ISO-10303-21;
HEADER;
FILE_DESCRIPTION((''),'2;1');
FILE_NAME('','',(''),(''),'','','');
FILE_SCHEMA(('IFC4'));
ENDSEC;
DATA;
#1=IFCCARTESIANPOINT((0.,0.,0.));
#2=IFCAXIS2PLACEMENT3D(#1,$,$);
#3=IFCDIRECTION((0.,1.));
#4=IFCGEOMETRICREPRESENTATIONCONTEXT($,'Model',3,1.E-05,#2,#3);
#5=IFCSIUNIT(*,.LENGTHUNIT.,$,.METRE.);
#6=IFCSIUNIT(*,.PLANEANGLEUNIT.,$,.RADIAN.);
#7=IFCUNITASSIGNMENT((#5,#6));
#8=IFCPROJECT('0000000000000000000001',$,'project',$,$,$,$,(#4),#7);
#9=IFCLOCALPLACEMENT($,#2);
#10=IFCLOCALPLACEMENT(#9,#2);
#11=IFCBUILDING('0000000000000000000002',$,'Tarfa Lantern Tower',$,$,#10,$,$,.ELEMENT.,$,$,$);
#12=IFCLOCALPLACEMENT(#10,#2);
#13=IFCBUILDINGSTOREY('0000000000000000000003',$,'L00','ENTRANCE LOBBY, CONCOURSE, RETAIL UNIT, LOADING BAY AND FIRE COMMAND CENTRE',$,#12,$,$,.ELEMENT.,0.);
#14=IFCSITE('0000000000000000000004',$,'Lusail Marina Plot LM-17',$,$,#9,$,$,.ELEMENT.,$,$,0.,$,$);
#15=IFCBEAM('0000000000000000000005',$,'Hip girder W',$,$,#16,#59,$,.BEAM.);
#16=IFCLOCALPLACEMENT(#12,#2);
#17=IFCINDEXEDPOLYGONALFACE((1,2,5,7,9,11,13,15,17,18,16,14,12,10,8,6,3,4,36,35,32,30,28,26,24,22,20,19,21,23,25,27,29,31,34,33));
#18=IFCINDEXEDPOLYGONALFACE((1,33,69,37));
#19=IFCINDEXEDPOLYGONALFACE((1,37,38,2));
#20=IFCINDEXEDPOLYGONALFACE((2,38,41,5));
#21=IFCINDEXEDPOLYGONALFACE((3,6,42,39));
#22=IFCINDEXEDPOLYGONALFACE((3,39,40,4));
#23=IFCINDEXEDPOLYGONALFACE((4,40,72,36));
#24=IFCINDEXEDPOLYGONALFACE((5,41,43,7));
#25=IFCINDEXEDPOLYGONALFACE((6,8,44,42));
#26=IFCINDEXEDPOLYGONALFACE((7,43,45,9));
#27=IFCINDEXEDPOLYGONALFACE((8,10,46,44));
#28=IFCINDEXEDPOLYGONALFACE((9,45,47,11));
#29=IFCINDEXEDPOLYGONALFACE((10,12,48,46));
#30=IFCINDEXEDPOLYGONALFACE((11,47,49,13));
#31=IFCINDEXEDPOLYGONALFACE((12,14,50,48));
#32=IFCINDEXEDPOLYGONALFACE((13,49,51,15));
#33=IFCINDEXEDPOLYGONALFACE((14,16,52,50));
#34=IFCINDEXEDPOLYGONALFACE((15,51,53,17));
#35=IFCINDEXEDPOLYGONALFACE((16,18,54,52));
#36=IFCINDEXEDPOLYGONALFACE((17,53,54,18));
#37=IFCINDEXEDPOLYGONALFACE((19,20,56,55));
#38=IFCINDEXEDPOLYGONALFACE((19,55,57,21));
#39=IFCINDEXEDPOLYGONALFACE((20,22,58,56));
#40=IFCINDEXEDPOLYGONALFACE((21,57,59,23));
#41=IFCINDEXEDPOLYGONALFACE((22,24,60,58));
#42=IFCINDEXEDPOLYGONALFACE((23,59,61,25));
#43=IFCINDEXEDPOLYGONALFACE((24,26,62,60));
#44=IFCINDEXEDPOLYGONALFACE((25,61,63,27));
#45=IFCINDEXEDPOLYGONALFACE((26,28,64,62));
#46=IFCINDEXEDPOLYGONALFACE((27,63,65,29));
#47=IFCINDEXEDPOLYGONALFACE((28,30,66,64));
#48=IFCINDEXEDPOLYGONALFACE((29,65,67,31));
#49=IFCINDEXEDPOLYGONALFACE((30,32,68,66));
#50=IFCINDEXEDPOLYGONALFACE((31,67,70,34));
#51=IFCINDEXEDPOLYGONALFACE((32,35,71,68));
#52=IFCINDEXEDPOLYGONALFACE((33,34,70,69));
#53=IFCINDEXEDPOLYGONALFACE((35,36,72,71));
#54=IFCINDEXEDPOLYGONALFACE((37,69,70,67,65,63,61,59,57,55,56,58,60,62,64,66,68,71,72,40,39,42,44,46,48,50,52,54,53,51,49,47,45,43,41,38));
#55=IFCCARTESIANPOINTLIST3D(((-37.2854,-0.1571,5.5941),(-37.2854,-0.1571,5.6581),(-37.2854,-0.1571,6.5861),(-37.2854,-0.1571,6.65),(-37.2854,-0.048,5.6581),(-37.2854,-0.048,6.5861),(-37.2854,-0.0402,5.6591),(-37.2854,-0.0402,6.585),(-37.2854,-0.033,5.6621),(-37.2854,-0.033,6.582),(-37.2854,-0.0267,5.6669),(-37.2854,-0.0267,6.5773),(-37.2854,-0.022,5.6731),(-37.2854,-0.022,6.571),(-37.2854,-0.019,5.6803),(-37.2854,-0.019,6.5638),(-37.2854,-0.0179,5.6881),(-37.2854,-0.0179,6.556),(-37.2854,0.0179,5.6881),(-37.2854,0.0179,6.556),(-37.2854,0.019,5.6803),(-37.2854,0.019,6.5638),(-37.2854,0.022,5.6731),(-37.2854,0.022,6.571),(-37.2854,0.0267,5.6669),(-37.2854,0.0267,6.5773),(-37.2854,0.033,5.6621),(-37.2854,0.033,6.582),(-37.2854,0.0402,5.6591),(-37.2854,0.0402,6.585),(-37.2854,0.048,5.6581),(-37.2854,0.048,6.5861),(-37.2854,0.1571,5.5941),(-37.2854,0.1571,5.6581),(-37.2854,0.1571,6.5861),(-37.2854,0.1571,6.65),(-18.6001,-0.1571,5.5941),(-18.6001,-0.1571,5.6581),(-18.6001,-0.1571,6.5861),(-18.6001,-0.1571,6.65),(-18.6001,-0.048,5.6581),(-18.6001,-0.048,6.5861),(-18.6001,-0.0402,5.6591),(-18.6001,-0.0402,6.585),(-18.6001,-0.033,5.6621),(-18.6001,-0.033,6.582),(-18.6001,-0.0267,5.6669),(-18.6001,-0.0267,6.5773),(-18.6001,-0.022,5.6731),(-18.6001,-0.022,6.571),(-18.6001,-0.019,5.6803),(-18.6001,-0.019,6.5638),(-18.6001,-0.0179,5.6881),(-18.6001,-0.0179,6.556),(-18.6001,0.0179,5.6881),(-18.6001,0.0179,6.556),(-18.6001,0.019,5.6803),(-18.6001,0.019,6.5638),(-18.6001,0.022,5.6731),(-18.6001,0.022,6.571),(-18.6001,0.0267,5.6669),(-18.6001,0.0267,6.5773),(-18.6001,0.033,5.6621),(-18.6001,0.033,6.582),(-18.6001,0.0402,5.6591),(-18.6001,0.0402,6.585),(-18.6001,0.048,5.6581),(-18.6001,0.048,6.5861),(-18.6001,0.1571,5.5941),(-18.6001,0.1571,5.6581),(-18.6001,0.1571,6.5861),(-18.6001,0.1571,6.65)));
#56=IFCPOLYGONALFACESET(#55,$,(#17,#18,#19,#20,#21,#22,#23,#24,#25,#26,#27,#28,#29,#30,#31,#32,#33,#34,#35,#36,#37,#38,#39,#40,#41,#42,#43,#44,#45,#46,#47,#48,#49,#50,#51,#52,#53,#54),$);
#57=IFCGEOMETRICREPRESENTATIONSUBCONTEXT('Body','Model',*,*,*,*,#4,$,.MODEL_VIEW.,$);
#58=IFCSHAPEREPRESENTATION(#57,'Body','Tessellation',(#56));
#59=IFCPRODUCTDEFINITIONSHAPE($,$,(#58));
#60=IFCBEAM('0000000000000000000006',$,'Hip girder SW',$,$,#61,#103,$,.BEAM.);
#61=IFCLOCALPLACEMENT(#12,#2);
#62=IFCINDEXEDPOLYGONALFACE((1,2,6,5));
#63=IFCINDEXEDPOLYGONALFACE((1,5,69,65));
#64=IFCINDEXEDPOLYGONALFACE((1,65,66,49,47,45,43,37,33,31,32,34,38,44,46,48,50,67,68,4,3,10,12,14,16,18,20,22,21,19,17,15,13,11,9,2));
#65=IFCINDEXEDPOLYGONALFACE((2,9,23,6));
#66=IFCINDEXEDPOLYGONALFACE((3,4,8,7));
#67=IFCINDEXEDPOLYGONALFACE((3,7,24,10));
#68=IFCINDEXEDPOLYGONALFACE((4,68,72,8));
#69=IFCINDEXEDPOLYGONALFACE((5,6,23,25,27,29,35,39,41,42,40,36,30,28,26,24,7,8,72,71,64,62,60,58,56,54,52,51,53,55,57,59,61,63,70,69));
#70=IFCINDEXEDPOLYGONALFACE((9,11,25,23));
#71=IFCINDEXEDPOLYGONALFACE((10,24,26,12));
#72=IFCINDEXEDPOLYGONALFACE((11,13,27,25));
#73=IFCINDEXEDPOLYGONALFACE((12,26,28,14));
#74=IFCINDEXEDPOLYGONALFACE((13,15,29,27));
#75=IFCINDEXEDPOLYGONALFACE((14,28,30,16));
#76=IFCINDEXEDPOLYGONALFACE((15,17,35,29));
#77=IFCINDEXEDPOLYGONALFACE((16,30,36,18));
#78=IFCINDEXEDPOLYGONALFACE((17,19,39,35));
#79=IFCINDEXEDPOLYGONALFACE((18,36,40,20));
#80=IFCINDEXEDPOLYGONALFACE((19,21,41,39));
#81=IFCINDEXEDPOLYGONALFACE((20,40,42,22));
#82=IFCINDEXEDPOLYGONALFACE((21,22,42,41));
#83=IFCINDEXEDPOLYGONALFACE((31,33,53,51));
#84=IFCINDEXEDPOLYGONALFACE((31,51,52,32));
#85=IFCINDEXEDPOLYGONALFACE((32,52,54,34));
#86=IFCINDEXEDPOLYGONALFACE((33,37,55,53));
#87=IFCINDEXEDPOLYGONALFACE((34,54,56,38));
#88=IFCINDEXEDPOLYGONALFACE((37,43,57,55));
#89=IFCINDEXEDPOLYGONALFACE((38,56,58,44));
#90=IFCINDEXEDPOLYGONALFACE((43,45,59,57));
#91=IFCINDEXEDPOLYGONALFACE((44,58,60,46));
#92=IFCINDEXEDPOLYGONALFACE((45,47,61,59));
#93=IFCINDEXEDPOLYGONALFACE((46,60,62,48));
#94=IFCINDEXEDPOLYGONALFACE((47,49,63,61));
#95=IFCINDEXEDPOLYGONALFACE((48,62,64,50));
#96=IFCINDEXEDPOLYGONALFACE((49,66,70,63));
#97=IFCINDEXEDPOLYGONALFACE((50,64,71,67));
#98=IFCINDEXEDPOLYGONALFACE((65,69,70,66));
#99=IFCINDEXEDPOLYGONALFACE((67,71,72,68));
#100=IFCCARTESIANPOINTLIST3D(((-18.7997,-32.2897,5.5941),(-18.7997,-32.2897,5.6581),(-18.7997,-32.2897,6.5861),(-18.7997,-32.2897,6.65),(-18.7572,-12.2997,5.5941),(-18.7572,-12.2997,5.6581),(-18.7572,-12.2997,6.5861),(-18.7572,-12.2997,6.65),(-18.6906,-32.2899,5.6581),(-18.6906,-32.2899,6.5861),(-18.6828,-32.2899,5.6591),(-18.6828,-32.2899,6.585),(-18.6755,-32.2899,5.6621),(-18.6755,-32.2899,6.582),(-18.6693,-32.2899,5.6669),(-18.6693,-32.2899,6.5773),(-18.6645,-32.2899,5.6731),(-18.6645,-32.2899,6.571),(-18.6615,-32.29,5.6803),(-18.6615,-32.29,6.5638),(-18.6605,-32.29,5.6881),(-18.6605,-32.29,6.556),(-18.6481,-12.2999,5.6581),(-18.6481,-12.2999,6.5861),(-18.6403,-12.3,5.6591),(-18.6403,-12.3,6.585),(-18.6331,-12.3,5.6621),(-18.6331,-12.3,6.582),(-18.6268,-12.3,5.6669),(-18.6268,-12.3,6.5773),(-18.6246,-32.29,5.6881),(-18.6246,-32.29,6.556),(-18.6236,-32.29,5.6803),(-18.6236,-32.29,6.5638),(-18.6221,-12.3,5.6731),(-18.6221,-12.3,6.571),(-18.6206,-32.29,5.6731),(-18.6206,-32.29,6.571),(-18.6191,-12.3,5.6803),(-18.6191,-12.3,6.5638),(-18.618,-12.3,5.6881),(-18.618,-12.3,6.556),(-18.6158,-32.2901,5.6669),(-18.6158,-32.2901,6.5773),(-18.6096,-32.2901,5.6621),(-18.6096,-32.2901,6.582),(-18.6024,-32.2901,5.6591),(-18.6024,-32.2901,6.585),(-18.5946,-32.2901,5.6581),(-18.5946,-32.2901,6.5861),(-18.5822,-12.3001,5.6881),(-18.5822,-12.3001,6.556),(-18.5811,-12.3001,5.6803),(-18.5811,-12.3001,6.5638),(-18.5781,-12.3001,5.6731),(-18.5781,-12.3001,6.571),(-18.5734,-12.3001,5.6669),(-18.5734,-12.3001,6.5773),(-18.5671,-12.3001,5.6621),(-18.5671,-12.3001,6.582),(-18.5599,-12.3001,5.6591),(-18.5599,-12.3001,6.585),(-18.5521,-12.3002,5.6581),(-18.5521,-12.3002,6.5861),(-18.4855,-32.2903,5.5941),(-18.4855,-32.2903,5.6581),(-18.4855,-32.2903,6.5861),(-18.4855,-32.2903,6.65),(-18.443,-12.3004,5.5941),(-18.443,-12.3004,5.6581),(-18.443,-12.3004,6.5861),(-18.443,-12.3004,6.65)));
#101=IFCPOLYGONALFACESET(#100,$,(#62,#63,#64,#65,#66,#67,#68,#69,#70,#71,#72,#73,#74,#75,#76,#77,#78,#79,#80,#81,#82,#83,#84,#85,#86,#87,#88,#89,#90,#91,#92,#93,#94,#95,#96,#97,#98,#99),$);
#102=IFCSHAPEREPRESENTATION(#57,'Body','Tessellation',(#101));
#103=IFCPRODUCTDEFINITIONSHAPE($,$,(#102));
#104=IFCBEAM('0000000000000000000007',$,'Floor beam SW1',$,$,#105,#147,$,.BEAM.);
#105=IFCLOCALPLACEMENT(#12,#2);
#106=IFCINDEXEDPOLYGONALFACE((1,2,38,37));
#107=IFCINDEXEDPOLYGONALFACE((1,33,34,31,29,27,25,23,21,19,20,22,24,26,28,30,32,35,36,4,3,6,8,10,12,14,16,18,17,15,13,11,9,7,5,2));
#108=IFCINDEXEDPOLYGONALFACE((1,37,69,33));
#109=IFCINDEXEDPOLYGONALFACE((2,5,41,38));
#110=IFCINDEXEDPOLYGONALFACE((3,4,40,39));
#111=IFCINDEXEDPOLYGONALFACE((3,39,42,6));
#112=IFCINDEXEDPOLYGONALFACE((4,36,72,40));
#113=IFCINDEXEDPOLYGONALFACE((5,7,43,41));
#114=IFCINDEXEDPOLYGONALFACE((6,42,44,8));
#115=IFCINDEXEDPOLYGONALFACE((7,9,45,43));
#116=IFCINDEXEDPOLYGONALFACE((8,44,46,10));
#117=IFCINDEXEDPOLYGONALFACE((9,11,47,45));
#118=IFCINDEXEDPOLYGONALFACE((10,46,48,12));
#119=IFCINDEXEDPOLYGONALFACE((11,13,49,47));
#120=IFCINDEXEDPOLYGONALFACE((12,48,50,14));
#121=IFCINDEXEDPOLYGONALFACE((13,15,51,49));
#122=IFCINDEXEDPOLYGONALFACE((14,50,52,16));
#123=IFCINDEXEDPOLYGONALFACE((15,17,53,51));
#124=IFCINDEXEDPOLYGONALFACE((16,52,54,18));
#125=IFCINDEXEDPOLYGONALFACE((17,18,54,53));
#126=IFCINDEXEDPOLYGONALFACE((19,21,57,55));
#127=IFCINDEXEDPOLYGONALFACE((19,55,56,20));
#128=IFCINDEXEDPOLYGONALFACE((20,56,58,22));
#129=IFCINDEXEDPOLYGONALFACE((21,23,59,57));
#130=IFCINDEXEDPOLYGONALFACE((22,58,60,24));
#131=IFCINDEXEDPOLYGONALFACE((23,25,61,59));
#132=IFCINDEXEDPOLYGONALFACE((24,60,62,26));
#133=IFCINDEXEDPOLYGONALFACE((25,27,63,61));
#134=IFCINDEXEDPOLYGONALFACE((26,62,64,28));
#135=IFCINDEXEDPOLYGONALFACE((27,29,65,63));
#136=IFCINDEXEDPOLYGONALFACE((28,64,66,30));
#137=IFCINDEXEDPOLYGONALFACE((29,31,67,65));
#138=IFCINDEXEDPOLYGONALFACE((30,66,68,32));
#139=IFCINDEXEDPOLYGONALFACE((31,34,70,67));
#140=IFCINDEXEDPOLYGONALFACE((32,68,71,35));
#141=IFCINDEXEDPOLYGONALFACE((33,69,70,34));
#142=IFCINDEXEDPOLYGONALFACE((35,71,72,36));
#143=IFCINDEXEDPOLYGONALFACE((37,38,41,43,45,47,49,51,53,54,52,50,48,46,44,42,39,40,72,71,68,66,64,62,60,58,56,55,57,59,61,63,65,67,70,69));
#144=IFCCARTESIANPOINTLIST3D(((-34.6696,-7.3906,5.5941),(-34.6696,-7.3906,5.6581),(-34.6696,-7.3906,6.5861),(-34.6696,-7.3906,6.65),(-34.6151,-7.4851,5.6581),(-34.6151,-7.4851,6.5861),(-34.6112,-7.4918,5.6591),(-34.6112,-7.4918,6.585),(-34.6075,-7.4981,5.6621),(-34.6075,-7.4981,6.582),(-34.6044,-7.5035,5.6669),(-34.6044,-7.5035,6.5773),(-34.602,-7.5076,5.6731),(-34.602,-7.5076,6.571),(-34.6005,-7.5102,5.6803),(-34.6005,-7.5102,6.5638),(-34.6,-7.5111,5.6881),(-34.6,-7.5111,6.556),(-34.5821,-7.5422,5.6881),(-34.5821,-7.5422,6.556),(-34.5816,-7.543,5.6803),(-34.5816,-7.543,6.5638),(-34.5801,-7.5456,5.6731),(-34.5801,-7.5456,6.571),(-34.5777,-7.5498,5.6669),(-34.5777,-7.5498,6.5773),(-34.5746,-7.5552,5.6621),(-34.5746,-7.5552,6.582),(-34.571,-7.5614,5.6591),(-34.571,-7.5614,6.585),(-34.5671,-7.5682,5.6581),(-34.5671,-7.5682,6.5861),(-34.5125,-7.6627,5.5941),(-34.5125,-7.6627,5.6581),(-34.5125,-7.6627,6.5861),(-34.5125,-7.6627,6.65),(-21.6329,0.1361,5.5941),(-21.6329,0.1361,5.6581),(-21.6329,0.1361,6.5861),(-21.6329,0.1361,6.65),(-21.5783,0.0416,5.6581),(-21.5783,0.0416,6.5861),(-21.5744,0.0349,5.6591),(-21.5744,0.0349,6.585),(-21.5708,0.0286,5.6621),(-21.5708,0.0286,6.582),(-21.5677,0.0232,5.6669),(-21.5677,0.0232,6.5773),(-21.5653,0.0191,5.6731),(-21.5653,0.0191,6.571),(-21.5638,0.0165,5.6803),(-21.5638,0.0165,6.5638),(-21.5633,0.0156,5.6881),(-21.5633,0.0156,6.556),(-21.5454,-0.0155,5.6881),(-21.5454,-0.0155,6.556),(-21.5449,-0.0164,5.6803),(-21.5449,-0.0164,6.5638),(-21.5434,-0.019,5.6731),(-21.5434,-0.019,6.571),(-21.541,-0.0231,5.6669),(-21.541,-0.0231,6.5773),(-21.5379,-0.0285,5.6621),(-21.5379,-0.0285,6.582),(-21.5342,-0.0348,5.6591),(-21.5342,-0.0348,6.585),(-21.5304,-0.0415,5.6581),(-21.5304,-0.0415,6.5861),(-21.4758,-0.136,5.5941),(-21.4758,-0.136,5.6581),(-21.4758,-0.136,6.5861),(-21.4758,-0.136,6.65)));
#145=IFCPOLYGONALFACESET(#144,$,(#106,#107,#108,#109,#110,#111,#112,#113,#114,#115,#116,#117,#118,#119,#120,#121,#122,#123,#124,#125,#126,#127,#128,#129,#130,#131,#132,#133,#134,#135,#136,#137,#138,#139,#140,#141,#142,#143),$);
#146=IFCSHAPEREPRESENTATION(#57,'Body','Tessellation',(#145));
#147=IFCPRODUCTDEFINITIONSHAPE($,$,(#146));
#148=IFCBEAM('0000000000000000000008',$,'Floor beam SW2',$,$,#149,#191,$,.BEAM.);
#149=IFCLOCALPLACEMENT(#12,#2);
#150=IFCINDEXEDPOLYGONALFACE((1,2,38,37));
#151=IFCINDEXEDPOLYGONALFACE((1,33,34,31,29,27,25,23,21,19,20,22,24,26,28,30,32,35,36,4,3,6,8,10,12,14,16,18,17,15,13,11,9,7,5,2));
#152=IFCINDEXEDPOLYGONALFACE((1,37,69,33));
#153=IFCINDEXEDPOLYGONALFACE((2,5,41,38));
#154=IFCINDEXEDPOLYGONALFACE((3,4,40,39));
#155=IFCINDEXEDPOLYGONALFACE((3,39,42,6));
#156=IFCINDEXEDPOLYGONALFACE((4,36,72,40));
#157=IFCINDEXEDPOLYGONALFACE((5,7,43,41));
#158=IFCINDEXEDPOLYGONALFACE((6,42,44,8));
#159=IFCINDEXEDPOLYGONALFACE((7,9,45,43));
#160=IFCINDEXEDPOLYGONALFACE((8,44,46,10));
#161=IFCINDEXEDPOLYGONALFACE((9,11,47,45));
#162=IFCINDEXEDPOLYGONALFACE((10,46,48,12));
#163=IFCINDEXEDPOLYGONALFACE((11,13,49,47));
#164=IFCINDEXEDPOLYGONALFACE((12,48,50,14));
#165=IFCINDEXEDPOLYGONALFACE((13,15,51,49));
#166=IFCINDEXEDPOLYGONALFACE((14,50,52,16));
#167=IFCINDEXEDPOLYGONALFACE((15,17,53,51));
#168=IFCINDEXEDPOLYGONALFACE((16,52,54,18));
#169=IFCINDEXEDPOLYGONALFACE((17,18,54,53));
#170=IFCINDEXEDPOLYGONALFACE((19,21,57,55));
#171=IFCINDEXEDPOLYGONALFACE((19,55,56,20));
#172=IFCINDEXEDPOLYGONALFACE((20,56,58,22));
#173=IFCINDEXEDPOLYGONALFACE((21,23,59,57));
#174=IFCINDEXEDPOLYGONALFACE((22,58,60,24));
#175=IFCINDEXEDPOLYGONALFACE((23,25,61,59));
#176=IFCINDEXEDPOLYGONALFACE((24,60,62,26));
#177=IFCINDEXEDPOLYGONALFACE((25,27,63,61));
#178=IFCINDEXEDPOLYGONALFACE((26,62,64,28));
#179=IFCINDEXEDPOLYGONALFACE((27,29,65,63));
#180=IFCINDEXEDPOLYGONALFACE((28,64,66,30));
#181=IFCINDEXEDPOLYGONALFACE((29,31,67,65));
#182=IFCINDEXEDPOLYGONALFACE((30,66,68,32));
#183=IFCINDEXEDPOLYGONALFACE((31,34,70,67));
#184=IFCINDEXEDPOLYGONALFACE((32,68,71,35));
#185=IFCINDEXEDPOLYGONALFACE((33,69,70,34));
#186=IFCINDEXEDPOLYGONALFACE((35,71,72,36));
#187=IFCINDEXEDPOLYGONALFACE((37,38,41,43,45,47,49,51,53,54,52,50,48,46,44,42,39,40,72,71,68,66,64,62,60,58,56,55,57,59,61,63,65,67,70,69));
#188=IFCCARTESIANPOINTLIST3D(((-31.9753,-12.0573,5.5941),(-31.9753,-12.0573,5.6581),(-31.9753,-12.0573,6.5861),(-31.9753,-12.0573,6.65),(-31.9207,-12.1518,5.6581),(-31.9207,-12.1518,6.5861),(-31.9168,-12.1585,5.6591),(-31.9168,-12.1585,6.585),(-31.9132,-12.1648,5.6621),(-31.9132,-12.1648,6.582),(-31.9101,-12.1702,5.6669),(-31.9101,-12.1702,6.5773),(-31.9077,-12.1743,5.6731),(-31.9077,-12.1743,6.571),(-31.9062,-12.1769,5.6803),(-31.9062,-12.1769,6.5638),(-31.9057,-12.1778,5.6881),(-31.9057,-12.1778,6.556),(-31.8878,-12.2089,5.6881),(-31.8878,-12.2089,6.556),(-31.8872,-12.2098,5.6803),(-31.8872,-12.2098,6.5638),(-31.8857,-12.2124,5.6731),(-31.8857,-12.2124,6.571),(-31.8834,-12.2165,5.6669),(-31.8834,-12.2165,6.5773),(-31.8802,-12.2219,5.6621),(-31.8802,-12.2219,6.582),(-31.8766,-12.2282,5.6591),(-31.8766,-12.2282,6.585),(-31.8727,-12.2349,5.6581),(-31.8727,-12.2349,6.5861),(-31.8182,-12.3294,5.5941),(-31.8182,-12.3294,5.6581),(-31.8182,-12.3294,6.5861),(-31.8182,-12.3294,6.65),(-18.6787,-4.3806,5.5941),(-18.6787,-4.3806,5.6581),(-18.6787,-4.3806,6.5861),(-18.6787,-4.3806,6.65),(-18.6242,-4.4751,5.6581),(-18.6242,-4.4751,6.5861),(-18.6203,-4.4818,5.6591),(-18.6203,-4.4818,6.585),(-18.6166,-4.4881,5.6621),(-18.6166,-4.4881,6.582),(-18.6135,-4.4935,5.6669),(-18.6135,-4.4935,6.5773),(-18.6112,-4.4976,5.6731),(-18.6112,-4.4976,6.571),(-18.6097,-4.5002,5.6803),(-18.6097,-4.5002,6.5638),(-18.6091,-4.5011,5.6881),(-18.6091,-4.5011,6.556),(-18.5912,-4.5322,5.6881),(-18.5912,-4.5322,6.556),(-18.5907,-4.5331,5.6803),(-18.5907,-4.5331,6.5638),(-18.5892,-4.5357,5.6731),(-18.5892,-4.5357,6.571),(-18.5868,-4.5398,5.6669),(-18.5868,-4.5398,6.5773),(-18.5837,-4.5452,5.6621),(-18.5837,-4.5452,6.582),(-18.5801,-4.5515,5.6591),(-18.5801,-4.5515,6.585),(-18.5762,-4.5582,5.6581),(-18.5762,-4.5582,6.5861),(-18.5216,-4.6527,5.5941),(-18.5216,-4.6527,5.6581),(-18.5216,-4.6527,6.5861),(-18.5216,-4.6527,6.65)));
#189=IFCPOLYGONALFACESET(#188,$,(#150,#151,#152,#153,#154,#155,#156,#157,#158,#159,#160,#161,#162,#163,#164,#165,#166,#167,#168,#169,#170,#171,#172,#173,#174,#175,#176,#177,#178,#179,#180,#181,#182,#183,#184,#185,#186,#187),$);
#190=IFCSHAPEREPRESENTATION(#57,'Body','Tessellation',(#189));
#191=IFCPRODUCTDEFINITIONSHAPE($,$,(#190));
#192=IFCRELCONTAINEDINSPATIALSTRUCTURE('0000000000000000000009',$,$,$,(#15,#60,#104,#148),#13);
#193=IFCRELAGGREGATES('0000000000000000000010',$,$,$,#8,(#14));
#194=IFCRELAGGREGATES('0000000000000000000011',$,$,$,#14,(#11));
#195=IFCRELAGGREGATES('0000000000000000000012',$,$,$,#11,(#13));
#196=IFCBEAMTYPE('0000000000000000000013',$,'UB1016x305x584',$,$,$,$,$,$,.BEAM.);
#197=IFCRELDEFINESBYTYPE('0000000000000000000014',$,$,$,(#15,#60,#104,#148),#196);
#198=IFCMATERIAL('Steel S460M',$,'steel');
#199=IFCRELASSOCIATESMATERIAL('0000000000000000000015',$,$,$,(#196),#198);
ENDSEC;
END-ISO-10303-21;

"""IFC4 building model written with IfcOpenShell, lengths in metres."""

from ifc_helpers import new_model, si_unit, direction, frame, origin, origin_2d, place, context, subcontext, project, spatial, i_section, extrude, material, material_profile, profile_set, type_object, element, save


model = new_model("IFC4")

# Units and contexts
model_context = context("Model", 3, precision=1e-05, world=origin(), true_north=direction((0.0, 1.0)))
body_context = subcontext(model_context, "Body", "Model", "MODEL_VIEW")
ifc_project = project(units=[si_unit("LENGTHUNIT", "METRE"), si_unit("PLANEANGLEUNIT", "RADIAN")], contexts=[model_context])

# Site, building, storey
site_placement = place(None, origin())
site = spatial("IfcSite", under=ifc_project, at=site_placement, Name="Lusail Marina Plot LM-17", CompositionType="ELEMENT", RefElevation=0.0)
building_placement = place(site_placement, origin())
building = spatial("IfcBuilding", under=site, at=building_placement, Name="Tarfa Lantern Tower", CompositionType="ELEMENT")
storey_placement = place(building_placement, origin())
storey = spatial("IfcBuildingStorey", under=building, at=storey_placement, Name="L00", Description="ENTRANCE LOBBY, CONCOURSE, RETAIL UNIT, LOADING BAY AND FIRE COMMAND CENTRE", CompositionType="ELEMENT", Elevation=0.0)

# Beams
ifc_material_1 = material(Name="Steel S460M", Category="steel")
ifc_material_profile_1 = material_profile(ifc_material_1, i_section(OverallWidth=0.3142, OverallDepth=1.0559, WebThickness=0.0359, FlangeThickness=0.064, FilletRadius=0.03, at=origin_2d()), Name="UB1016x305x584")
ifc_profile_set_1 = profile_set([ifc_material_profile_1], Name="Steel S460M")
beam_type_1 = type_object("IfcBeamType", Name="UB1016x305x584", PredefinedType="BEAM", material=ifc_profile_set_1)
beam_1_placement = place(storey_placement, frame((-18.6001, 0.0, 6.1221), z_axis=(-1.0, 0.0, 0.0), x_axis=(0.0, -1.0, 0.0)))
element("IfcBeam", 1, at=beam_1_placement, inside=storey, type_object=beam_type_1, Name="Hip girder W", PredefinedType="BEAM", context=body_context, shape_type="SweptSolid", body=[
    extrude(i_section(OverallWidth=0.3142, OverallDepth=1.0559, WebThickness=0.0359, FlangeThickness=0.064, FilletRadius=0.03, at=origin_2d()), origin(), (0.0, 0.0, 1.0), 18.6853),
])
beam_2_placement = place(storey_placement, frame((-18.6001, -12.3, 6.1221), z_axis=(-0.002125, -0.999998, 0.0), x_axis=(0.999998, -0.002125, 0.0)))
element("IfcBeam", 2, at=beam_2_placement, inside=storey, type_object=beam_type_1, Name="Hip girder SW", PredefinedType="BEAM", context=body_context, shape_type="SweptSolid", body=[
    extrude(i_section(OverallWidth=0.3142, OverallDepth=1.0559, WebThickness=0.0359, FlangeThickness=0.064, FilletRadius=0.03, at=origin_2d()), origin(), (0.0, 0.0, 1.0), 19.99),
])
beam_3_placement = place(storey_placement, frame((-34.5911, -7.5266, 6.1221), z_axis=(0.866028, 0.499996, 0.0), x_axis=(-0.499996, 0.866028, 0.0)))
element("IfcBeam", 3, at=beam_3_placement, inside=storey, type_object=beam_type_1, Name="Floor beam SW1", PredefinedType="BEAM", context=body_context, shape_type="SweptSolid", body=[
    extrude(i_section(OverallWidth=0.3142, OverallDepth=1.0559, WebThickness=0.0359, FlangeThickness=0.064, FilletRadius=0.03, at=origin_2d()), origin(), (0.0, 0.0, 1.0), 15.0535),
])
beam_4_placement = place(storey_placement, frame((-31.8967, -12.1934, 6.1221), z_axis=(0.866027, 0.499997, 0.0), x_axis=(-0.499997, 0.866027, 0.0)))
element("IfcBeam", 4, at=beam_4_placement, inside=storey, type_object=beam_type_1, Name="Floor beam SW2", PredefinedType="BEAM", context=body_context, shape_type="SweptSolid", body=[
    extrude(i_section(OverallWidth=0.3142, OverallDepth=1.0559, WebThickness=0.0359, FlangeThickness=0.064, FilletRadius=0.03, at=origin_2d()), origin(), (0.0, 0.0, 1.0), 15.3535),
])

save(model, "model.ifc")
